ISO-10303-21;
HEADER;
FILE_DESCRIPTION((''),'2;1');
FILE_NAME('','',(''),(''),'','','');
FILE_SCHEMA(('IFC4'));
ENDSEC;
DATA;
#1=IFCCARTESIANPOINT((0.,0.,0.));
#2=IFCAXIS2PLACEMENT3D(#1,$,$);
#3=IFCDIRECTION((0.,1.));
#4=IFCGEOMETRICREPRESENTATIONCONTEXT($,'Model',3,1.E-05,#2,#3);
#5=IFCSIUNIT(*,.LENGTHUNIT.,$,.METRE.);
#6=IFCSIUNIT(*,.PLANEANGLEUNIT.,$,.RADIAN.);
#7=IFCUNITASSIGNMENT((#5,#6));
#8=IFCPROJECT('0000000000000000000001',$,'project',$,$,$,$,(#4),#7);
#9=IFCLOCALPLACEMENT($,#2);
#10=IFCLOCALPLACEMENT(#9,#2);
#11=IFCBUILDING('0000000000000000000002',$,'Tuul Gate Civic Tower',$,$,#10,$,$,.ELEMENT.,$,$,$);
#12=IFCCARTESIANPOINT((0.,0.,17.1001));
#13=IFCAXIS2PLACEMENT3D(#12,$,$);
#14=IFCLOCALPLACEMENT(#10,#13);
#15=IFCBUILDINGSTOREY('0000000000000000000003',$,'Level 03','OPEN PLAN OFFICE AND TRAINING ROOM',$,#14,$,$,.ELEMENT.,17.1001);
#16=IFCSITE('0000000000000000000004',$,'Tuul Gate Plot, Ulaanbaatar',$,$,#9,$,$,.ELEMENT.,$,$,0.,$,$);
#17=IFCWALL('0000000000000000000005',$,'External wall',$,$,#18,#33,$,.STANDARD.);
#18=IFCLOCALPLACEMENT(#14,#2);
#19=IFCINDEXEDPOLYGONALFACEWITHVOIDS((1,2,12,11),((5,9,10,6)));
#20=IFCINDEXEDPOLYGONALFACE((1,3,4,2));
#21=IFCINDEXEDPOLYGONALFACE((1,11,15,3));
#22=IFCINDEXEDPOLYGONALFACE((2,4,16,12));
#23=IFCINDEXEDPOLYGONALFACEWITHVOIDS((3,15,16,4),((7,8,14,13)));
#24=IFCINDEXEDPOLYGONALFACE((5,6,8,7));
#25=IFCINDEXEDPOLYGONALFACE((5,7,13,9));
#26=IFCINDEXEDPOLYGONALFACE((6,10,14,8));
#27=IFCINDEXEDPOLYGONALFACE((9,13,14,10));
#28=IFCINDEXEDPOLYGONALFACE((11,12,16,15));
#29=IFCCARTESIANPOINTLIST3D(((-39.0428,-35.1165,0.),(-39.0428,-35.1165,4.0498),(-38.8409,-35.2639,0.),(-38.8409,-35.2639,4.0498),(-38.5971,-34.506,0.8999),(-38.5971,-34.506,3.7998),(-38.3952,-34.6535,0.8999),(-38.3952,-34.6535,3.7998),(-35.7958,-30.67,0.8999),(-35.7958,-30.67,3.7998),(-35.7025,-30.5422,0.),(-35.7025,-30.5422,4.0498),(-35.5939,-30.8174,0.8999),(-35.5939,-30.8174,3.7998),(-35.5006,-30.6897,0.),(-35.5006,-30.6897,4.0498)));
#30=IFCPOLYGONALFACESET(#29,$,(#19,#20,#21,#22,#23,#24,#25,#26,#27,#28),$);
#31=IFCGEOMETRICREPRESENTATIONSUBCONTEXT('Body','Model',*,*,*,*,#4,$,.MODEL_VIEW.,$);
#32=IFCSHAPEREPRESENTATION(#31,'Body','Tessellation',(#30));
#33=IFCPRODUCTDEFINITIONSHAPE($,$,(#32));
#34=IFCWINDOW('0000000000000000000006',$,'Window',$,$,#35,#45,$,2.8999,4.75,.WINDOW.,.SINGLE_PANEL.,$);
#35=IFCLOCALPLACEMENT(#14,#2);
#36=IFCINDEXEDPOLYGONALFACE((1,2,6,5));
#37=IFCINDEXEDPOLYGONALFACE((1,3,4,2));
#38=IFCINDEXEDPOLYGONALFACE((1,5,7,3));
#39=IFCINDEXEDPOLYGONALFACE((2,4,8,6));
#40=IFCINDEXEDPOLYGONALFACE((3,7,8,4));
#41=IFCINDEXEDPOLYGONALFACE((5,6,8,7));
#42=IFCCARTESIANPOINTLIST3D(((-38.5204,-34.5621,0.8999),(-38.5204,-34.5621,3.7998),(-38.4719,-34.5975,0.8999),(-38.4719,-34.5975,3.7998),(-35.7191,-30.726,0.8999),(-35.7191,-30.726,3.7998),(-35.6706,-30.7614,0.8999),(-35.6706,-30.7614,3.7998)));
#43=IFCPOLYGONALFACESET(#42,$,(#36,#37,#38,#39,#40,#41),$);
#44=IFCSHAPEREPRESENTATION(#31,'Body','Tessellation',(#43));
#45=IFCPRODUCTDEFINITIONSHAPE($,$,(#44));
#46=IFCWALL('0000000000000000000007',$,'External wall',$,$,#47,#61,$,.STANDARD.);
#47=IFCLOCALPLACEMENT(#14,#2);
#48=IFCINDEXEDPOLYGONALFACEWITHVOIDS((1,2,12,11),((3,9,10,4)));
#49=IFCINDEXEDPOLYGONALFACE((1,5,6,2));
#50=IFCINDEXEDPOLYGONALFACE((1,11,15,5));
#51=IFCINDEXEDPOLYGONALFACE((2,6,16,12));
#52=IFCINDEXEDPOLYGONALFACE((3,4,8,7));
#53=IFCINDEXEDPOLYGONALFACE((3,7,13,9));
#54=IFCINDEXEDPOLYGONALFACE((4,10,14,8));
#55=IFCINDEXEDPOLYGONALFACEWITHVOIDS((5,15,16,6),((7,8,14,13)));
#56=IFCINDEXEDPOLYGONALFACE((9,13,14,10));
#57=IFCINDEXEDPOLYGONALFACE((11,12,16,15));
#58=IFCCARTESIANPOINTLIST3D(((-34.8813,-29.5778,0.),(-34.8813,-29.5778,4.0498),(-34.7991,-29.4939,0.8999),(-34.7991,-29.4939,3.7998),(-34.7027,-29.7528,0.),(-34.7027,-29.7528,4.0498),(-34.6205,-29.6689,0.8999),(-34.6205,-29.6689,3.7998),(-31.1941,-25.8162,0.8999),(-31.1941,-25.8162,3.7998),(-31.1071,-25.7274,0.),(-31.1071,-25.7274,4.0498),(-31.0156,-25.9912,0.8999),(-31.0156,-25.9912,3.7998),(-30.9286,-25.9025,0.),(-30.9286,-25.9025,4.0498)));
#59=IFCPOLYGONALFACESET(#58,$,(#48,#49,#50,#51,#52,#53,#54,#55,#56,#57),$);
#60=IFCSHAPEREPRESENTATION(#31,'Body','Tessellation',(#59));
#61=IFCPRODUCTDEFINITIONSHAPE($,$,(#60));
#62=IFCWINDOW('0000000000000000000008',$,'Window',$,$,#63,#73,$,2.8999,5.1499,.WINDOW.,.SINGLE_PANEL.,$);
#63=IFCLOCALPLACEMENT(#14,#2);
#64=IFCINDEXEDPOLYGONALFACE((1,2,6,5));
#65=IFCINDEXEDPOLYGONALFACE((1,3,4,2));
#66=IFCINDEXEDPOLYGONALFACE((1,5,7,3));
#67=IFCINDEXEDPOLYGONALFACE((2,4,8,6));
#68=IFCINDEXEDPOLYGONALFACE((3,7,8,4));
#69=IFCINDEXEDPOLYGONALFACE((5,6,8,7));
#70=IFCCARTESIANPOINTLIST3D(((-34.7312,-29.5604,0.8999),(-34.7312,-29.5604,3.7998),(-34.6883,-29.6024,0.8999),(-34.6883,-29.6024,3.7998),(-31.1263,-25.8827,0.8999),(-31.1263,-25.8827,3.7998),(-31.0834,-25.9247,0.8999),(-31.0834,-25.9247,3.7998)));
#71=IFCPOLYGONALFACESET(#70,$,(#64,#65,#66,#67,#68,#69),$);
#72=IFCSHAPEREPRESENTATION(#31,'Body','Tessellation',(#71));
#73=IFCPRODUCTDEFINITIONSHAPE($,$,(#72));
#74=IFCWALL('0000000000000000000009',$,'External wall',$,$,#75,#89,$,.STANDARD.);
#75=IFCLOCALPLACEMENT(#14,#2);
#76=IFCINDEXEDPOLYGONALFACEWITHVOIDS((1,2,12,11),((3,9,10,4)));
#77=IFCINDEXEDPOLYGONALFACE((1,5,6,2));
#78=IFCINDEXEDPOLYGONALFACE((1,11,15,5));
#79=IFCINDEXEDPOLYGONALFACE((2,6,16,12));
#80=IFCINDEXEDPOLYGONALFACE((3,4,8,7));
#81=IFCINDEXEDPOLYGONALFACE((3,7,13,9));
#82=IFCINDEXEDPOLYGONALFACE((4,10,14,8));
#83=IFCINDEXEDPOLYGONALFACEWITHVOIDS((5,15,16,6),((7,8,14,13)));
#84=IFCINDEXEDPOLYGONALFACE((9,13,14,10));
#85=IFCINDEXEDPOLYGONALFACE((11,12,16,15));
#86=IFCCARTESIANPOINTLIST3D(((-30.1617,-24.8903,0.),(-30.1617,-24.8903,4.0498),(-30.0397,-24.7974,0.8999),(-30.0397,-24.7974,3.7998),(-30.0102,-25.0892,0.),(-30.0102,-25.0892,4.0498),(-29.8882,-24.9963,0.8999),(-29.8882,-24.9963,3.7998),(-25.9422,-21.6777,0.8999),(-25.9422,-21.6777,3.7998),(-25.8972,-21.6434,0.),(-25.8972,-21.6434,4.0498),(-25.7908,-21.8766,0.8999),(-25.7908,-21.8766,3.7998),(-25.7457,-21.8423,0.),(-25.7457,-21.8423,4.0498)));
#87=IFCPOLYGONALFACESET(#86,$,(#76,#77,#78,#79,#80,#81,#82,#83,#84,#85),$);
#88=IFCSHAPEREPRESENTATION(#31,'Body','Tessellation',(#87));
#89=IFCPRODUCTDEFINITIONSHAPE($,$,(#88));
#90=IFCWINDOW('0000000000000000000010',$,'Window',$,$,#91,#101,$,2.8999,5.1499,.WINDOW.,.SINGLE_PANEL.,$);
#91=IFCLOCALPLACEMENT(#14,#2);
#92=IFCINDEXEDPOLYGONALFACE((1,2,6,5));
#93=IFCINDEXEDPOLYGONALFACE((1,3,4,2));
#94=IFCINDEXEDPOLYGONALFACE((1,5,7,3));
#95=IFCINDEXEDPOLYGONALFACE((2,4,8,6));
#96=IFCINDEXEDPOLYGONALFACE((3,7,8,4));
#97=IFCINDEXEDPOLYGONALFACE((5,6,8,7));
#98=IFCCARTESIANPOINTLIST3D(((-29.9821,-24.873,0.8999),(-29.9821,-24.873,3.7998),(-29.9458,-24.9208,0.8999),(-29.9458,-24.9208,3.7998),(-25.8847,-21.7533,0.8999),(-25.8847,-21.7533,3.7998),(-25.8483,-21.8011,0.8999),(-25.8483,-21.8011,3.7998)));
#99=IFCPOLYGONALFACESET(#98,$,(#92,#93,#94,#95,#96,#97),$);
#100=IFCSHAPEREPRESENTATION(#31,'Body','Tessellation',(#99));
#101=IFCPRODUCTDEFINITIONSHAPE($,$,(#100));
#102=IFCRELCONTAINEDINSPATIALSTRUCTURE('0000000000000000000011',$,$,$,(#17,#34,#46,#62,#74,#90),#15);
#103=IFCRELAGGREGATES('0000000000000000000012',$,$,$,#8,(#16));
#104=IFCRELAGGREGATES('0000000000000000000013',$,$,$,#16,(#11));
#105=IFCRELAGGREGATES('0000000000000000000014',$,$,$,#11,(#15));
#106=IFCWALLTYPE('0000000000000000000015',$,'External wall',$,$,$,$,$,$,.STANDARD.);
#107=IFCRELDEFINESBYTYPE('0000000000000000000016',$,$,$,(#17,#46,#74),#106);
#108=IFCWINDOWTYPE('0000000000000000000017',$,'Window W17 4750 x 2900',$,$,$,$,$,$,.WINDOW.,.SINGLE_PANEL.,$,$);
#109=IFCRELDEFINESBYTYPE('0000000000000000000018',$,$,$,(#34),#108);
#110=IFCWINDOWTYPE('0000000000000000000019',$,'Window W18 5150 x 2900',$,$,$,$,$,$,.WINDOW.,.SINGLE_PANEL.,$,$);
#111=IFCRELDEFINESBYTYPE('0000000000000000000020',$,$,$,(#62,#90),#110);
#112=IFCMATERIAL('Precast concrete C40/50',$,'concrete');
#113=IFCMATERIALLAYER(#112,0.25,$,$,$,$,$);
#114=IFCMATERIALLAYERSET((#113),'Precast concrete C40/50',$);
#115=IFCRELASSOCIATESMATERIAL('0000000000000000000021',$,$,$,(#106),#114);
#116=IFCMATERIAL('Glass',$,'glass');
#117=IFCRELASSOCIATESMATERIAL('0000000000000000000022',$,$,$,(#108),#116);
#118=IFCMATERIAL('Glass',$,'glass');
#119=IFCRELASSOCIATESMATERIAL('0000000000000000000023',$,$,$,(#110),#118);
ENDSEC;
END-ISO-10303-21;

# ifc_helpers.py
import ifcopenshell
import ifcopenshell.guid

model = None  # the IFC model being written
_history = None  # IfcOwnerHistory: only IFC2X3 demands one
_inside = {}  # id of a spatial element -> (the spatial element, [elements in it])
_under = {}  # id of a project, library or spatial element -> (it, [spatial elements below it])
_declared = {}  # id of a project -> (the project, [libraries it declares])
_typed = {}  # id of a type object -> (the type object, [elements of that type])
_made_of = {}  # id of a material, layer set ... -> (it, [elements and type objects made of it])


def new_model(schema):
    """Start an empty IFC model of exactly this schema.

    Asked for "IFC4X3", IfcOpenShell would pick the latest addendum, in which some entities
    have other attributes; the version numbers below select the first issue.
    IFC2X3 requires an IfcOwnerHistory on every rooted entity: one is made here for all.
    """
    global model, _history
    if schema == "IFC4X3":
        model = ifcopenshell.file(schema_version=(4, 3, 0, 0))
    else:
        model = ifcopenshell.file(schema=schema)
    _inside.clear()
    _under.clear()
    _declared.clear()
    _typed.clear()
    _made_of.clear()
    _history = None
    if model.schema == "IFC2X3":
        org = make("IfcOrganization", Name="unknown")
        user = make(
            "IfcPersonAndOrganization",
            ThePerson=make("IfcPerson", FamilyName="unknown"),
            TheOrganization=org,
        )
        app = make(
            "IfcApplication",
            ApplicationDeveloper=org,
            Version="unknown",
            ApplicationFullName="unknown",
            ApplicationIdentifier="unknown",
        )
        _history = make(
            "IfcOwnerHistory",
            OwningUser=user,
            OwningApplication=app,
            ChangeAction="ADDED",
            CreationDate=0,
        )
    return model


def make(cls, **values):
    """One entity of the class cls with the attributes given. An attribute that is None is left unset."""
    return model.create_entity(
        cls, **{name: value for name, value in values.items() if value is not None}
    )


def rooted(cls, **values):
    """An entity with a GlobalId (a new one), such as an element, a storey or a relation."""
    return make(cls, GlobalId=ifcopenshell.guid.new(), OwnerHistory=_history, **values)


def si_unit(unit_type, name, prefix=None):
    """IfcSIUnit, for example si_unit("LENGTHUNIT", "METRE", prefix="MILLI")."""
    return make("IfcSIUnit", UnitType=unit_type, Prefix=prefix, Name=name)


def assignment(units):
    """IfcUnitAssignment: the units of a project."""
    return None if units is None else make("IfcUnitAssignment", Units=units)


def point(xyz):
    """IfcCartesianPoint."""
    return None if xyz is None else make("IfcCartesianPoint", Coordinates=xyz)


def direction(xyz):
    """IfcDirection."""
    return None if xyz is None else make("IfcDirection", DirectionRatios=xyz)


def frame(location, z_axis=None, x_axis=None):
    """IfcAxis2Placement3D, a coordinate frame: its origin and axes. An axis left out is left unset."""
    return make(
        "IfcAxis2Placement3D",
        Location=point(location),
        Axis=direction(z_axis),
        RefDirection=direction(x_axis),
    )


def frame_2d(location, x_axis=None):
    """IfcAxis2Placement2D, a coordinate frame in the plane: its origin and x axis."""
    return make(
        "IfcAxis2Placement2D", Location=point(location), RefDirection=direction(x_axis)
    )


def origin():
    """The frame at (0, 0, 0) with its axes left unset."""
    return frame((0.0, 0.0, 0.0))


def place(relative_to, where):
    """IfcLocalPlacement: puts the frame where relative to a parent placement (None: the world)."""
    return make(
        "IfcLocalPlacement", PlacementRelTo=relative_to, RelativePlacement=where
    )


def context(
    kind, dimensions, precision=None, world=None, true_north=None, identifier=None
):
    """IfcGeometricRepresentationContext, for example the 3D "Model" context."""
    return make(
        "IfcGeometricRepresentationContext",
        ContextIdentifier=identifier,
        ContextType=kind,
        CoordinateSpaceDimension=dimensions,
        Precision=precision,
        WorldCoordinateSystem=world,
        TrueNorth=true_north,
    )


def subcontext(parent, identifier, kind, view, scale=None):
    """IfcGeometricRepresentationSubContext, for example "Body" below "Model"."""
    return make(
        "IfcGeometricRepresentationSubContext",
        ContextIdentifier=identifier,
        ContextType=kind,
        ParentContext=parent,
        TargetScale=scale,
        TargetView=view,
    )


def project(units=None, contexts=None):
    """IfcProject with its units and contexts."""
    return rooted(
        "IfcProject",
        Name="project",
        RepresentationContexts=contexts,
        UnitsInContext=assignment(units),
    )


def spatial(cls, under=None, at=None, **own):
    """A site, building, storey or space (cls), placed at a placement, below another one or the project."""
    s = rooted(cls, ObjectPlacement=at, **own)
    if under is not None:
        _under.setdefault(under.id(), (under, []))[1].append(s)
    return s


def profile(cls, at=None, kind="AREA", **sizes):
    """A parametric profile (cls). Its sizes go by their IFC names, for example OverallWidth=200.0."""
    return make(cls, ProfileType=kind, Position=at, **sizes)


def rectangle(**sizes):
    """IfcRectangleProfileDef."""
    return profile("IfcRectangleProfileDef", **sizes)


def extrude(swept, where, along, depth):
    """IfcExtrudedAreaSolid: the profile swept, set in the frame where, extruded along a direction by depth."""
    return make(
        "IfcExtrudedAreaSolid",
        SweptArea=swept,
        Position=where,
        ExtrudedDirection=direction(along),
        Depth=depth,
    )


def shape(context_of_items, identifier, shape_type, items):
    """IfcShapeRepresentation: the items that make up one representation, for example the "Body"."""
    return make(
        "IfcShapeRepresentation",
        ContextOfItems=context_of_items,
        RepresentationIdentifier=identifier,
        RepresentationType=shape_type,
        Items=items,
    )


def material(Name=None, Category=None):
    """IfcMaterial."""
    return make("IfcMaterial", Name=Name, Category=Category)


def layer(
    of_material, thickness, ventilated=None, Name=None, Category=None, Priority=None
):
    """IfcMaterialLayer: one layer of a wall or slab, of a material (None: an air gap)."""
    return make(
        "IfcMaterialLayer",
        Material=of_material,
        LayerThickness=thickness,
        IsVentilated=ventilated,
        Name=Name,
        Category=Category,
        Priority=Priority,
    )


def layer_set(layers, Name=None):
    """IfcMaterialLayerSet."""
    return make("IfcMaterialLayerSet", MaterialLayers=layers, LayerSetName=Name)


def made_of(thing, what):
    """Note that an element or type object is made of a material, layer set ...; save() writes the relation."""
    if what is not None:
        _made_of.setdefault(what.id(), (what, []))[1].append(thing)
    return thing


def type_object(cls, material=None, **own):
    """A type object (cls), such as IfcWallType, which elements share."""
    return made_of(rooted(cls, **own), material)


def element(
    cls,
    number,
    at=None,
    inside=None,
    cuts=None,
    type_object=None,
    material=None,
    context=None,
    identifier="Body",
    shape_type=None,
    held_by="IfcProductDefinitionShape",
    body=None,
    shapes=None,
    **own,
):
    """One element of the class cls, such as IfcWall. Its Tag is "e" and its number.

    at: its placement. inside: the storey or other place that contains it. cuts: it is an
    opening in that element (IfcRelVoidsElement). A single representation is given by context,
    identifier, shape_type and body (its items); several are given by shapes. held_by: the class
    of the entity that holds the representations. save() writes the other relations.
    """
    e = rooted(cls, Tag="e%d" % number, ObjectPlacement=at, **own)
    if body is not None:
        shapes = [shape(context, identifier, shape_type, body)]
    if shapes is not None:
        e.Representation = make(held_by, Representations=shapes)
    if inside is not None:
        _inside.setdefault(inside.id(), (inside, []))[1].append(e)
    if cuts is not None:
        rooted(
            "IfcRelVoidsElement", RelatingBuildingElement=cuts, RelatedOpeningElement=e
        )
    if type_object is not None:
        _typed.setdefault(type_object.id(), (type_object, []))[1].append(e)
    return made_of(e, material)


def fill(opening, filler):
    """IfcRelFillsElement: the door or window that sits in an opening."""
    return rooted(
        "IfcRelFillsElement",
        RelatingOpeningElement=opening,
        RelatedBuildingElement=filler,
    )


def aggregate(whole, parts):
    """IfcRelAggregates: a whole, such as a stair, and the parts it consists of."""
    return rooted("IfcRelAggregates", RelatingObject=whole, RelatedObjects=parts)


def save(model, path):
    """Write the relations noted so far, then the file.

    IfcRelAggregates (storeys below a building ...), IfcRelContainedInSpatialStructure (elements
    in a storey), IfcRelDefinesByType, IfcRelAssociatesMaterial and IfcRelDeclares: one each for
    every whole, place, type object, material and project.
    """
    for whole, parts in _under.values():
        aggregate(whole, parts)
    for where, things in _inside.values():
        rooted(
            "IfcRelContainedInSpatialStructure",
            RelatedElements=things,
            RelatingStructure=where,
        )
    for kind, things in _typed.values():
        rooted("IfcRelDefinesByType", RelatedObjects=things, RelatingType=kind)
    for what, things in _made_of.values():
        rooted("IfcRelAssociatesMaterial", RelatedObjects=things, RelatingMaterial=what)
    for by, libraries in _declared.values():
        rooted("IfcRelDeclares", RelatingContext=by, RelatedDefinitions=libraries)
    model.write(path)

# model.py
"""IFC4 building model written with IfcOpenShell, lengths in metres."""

from ifc_helpers import new_model, si_unit, direction, frame, frame_2d, origin, place, context, subcontext, project, spatial, rectangle, extrude, material, layer, layer_set, type_object, element, fill, save


model = new_model("IFC4")

# Units and contexts
model_context = context("Model", 3, precision=1e-05, world=origin(), true_north=direction((0.0, 1.0)))
body_context = subcontext(model_context, "Body", "Model", "MODEL_VIEW")
ifc_project = project(units=[si_unit("LENGTHUNIT", "METRE"), si_unit("PLANEANGLEUNIT", "RADIAN")], contexts=[model_context])

# Site, building, storey
site_placement = place(None, origin())
site = spatial("IfcSite", under=ifc_project, at=site_placement, Name="Tuul Gate Plot, Ulaanbaatar", CompositionType="ELEMENT", RefElevation=0.0)
building_placement = place(site_placement, origin())
building = spatial("IfcBuilding", under=site, at=building_placement, Name="Tuul Gate Civic Tower", CompositionType="ELEMENT")
storey_placement = place(building_placement, frame((0.0, 0.0, 17.1001)))
storey = spatial("IfcBuildingStorey", under=building, at=storey_placement, Name="Level 03", Description="OPEN PLAN OFFICE AND TRAINING ROOM", CompositionType="ELEMENT", Elevation=17.1001)

# Shared definitions
ifc_material_1 = material(Name="Precast concrete C40/50", Category="concrete")
ifc_layer_1 = layer(ifc_material_1, 0.25)
ifc_layer_set_1 = layer_set([ifc_layer_1], Name="Precast concrete C40/50")
wall_type_1 = type_object("IfcWallType", Name="External wall", PredefinedType="STANDARD", material=ifc_layer_set_1)

# Walls, openings, windows
wall_1_placement = place(storey_placement, frame((-38.9419, -35.1902, 0.0), z_axis=(0.0, 0.0, 1.0), x_axis=(0.589744, 0.80759, 0.0)))
wall_1 = element("IfcWall", 1, at=wall_1_placement, inside=storey, type_object=wall_type_1, Name="External wall", PredefinedType="STANDARD", context=body_context, shape_type="SweptSolid", body=[
    extrude(rectangle(XDim=5.6641, YDim=0.25, at=frame_2d((2.832, 0.0))), origin(), (0.0, 0.0, 1.0), 4.0498),
])
opening_1_placement = place(wall_1_placement, frame((0.7559, 0.0, 0.8999)))
opening_1 = element("IfcOpeningElement", 2, at=opening_1_placement, cuts=wall_1, PredefinedType="OPENING", context=body_context, shape_type="SweptSolid", body=[
    extrude(rectangle(XDim=4.75, YDim=2.8999, at=frame_2d((2.375, 1.45))), frame((0.0, 0.135, 0.0), z_axis=(0.0, -1.0, 0.0), x_axis=(1.0, 0.0, 0.0)), (0.0, 0.0, 1.0), 0.27),
])
ifc_material_2 = material(Name="Glass", Category="glass")
window_type_1 = type_object("IfcWindowType", Name="Window W17 4750 x 2900", PartitioningType="SINGLE_PANEL", PredefinedType="WINDOW", material=ifc_material_2)
window_1_placement = place(opening_1_placement, origin())
window_1 = element("IfcWindow", 3, at=window_1_placement, inside=storey, type_object=window_type_1, Name="Window", OverallHeight=2.8999, OverallWidth=4.75, PartitioningType="SINGLE_PANEL", PredefinedType="WINDOW", context=body_context, shape_type="SweptSolid", body=[
    extrude(rectangle(XDim=4.75, YDim=2.8999, at=frame_2d((2.375, 1.45))), frame((0.0, 0.03, 0.0), z_axis=(0.0, -1.0, 0.0), x_axis=(1.0, 0.0, 0.0)), (0.0, 0.0, 1.0), 0.0601),
])
fill(opening_1, window_1)
wall_2_placement = place(storey_placement, frame((-34.792, -29.6653, 0.0), z_axis=(0.0, 0.0, 1.0), x_axis=(0.700008, 0.714135, 0.0)))
wall_2 = element("IfcWall", 4, at=wall_2_placement, inside=storey, type_object=wall_type_1, Name="External wall", PredefinedType="STANDARD", context=body_context, shape_type="SweptSolid", body=[
    extrude(rectangle(XDim=5.3916, YDim=0.25, at=frame_2d((2.6958, 0.0))), origin(), (0.0, 0.0, 1.0), 4.0498),
])
opening_2_placement = place(wall_2_placement, frame((0.1174, 0.0, 0.8999)))
opening_2 = element("IfcOpeningElement", 5, at=opening_2_placement, cuts=wall_2, PredefinedType="OPENING", context=body_context, shape_type="SweptSolid", body=[
    extrude(rectangle(XDim=5.1499, YDim=2.8999, at=frame_2d((2.575, 1.45))), frame((0.0, 0.135, 0.0), z_axis=(0.0, -1.0, 0.0), x_axis=(1.0, 0.0, 0.0)), (0.0, 0.0, 1.0), 0.27),
])
ifc_material_3 = material(Name="Glass", Category="glass")
window_type_2 = type_object("IfcWindowType", Name="Window W18 5150 x 2900", PartitioningType="SINGLE_PANEL", PredefinedType="WINDOW", material=ifc_material_3)
window_2_placement = place(opening_2_placement, origin())
window_2 = element("IfcWindow", 6, at=window_2_placement, inside=storey, type_object=window_type_2, Name="Window", OverallHeight=2.8999, OverallWidth=5.1499, PartitioningType="SINGLE_PANEL", PredefinedType="WINDOW", context=body_context, shape_type="SweptSolid", body=[
    extrude(rectangle(XDim=5.1499, YDim=2.8999, at=frame_2d((2.575, 1.45))), frame((0.0, 0.03, 0.0), z_axis=(0.0, -1.0, 0.0), x_axis=(1.0, 0.0, 0.0)), (0.0, 0.0, 1.0), 0.0601),
])
fill(opening_2, window_2)
wall_3_placement = place(storey_placement, frame((-30.0859, -24.9897, 0.0), z_axis=(0.0, 0.0, 1.0), x_axis=(0.795633, 0.605778, 0.0)))
wall_3 = element("IfcWall", 7, at=wall_3_placement, inside=storey, type_object=wall_type_1, Name="External wall", PredefinedType="STANDARD", context=body_context, shape_type="SweptSolid", body=[
    extrude(rectangle(XDim=5.3599, YDim=0.25, at=frame_2d((2.6799, 0.0))), origin(), (0.0, 0.0, 1.0), 4.0498),
])
opening_3_placement = place(wall_3_placement, frame((0.1533, 0.0, 0.8999)))
opening_3 = element("IfcOpeningElement", 8, at=opening_3_placement, cuts=wall_3, PredefinedType="OPENING", context=body_context, shape_type="SweptSolid", body=[
    extrude(rectangle(XDim=5.1499, YDim=2.8999, at=frame_2d((2.575, 1.45))), frame((0.0, 0.135, 0.0), z_axis=(0.0, -1.0, 0.0), x_axis=(1.0, 0.0, 0.0)), (0.0, 0.0, 1.0), 0.27),
])
window_3_placement = place(opening_3_placement, origin())
window_3 = element("IfcWindow", 9, at=window_3_placement, inside=storey, type_object=window_type_2, Name="Window", OverallHeight=2.8999, OverallWidth=5.1499, PartitioningType="SINGLE_PANEL", PredefinedType="WINDOW", context=body_context, shape_type="SweptSolid", body=[
    extrude(rectangle(XDim=5.1499, YDim=2.8999, at=frame_2d((2.575, 1.45))), frame((0.0, 0.03, 0.0), z_axis=(0.0, -1.0, 0.0), x_axis=(1.0, 0.0, 0.0)), (0.0, 0.0, 1.0), 0.0601),
])
fill(opening_3, window_3)

save(model, "model.ifc")
